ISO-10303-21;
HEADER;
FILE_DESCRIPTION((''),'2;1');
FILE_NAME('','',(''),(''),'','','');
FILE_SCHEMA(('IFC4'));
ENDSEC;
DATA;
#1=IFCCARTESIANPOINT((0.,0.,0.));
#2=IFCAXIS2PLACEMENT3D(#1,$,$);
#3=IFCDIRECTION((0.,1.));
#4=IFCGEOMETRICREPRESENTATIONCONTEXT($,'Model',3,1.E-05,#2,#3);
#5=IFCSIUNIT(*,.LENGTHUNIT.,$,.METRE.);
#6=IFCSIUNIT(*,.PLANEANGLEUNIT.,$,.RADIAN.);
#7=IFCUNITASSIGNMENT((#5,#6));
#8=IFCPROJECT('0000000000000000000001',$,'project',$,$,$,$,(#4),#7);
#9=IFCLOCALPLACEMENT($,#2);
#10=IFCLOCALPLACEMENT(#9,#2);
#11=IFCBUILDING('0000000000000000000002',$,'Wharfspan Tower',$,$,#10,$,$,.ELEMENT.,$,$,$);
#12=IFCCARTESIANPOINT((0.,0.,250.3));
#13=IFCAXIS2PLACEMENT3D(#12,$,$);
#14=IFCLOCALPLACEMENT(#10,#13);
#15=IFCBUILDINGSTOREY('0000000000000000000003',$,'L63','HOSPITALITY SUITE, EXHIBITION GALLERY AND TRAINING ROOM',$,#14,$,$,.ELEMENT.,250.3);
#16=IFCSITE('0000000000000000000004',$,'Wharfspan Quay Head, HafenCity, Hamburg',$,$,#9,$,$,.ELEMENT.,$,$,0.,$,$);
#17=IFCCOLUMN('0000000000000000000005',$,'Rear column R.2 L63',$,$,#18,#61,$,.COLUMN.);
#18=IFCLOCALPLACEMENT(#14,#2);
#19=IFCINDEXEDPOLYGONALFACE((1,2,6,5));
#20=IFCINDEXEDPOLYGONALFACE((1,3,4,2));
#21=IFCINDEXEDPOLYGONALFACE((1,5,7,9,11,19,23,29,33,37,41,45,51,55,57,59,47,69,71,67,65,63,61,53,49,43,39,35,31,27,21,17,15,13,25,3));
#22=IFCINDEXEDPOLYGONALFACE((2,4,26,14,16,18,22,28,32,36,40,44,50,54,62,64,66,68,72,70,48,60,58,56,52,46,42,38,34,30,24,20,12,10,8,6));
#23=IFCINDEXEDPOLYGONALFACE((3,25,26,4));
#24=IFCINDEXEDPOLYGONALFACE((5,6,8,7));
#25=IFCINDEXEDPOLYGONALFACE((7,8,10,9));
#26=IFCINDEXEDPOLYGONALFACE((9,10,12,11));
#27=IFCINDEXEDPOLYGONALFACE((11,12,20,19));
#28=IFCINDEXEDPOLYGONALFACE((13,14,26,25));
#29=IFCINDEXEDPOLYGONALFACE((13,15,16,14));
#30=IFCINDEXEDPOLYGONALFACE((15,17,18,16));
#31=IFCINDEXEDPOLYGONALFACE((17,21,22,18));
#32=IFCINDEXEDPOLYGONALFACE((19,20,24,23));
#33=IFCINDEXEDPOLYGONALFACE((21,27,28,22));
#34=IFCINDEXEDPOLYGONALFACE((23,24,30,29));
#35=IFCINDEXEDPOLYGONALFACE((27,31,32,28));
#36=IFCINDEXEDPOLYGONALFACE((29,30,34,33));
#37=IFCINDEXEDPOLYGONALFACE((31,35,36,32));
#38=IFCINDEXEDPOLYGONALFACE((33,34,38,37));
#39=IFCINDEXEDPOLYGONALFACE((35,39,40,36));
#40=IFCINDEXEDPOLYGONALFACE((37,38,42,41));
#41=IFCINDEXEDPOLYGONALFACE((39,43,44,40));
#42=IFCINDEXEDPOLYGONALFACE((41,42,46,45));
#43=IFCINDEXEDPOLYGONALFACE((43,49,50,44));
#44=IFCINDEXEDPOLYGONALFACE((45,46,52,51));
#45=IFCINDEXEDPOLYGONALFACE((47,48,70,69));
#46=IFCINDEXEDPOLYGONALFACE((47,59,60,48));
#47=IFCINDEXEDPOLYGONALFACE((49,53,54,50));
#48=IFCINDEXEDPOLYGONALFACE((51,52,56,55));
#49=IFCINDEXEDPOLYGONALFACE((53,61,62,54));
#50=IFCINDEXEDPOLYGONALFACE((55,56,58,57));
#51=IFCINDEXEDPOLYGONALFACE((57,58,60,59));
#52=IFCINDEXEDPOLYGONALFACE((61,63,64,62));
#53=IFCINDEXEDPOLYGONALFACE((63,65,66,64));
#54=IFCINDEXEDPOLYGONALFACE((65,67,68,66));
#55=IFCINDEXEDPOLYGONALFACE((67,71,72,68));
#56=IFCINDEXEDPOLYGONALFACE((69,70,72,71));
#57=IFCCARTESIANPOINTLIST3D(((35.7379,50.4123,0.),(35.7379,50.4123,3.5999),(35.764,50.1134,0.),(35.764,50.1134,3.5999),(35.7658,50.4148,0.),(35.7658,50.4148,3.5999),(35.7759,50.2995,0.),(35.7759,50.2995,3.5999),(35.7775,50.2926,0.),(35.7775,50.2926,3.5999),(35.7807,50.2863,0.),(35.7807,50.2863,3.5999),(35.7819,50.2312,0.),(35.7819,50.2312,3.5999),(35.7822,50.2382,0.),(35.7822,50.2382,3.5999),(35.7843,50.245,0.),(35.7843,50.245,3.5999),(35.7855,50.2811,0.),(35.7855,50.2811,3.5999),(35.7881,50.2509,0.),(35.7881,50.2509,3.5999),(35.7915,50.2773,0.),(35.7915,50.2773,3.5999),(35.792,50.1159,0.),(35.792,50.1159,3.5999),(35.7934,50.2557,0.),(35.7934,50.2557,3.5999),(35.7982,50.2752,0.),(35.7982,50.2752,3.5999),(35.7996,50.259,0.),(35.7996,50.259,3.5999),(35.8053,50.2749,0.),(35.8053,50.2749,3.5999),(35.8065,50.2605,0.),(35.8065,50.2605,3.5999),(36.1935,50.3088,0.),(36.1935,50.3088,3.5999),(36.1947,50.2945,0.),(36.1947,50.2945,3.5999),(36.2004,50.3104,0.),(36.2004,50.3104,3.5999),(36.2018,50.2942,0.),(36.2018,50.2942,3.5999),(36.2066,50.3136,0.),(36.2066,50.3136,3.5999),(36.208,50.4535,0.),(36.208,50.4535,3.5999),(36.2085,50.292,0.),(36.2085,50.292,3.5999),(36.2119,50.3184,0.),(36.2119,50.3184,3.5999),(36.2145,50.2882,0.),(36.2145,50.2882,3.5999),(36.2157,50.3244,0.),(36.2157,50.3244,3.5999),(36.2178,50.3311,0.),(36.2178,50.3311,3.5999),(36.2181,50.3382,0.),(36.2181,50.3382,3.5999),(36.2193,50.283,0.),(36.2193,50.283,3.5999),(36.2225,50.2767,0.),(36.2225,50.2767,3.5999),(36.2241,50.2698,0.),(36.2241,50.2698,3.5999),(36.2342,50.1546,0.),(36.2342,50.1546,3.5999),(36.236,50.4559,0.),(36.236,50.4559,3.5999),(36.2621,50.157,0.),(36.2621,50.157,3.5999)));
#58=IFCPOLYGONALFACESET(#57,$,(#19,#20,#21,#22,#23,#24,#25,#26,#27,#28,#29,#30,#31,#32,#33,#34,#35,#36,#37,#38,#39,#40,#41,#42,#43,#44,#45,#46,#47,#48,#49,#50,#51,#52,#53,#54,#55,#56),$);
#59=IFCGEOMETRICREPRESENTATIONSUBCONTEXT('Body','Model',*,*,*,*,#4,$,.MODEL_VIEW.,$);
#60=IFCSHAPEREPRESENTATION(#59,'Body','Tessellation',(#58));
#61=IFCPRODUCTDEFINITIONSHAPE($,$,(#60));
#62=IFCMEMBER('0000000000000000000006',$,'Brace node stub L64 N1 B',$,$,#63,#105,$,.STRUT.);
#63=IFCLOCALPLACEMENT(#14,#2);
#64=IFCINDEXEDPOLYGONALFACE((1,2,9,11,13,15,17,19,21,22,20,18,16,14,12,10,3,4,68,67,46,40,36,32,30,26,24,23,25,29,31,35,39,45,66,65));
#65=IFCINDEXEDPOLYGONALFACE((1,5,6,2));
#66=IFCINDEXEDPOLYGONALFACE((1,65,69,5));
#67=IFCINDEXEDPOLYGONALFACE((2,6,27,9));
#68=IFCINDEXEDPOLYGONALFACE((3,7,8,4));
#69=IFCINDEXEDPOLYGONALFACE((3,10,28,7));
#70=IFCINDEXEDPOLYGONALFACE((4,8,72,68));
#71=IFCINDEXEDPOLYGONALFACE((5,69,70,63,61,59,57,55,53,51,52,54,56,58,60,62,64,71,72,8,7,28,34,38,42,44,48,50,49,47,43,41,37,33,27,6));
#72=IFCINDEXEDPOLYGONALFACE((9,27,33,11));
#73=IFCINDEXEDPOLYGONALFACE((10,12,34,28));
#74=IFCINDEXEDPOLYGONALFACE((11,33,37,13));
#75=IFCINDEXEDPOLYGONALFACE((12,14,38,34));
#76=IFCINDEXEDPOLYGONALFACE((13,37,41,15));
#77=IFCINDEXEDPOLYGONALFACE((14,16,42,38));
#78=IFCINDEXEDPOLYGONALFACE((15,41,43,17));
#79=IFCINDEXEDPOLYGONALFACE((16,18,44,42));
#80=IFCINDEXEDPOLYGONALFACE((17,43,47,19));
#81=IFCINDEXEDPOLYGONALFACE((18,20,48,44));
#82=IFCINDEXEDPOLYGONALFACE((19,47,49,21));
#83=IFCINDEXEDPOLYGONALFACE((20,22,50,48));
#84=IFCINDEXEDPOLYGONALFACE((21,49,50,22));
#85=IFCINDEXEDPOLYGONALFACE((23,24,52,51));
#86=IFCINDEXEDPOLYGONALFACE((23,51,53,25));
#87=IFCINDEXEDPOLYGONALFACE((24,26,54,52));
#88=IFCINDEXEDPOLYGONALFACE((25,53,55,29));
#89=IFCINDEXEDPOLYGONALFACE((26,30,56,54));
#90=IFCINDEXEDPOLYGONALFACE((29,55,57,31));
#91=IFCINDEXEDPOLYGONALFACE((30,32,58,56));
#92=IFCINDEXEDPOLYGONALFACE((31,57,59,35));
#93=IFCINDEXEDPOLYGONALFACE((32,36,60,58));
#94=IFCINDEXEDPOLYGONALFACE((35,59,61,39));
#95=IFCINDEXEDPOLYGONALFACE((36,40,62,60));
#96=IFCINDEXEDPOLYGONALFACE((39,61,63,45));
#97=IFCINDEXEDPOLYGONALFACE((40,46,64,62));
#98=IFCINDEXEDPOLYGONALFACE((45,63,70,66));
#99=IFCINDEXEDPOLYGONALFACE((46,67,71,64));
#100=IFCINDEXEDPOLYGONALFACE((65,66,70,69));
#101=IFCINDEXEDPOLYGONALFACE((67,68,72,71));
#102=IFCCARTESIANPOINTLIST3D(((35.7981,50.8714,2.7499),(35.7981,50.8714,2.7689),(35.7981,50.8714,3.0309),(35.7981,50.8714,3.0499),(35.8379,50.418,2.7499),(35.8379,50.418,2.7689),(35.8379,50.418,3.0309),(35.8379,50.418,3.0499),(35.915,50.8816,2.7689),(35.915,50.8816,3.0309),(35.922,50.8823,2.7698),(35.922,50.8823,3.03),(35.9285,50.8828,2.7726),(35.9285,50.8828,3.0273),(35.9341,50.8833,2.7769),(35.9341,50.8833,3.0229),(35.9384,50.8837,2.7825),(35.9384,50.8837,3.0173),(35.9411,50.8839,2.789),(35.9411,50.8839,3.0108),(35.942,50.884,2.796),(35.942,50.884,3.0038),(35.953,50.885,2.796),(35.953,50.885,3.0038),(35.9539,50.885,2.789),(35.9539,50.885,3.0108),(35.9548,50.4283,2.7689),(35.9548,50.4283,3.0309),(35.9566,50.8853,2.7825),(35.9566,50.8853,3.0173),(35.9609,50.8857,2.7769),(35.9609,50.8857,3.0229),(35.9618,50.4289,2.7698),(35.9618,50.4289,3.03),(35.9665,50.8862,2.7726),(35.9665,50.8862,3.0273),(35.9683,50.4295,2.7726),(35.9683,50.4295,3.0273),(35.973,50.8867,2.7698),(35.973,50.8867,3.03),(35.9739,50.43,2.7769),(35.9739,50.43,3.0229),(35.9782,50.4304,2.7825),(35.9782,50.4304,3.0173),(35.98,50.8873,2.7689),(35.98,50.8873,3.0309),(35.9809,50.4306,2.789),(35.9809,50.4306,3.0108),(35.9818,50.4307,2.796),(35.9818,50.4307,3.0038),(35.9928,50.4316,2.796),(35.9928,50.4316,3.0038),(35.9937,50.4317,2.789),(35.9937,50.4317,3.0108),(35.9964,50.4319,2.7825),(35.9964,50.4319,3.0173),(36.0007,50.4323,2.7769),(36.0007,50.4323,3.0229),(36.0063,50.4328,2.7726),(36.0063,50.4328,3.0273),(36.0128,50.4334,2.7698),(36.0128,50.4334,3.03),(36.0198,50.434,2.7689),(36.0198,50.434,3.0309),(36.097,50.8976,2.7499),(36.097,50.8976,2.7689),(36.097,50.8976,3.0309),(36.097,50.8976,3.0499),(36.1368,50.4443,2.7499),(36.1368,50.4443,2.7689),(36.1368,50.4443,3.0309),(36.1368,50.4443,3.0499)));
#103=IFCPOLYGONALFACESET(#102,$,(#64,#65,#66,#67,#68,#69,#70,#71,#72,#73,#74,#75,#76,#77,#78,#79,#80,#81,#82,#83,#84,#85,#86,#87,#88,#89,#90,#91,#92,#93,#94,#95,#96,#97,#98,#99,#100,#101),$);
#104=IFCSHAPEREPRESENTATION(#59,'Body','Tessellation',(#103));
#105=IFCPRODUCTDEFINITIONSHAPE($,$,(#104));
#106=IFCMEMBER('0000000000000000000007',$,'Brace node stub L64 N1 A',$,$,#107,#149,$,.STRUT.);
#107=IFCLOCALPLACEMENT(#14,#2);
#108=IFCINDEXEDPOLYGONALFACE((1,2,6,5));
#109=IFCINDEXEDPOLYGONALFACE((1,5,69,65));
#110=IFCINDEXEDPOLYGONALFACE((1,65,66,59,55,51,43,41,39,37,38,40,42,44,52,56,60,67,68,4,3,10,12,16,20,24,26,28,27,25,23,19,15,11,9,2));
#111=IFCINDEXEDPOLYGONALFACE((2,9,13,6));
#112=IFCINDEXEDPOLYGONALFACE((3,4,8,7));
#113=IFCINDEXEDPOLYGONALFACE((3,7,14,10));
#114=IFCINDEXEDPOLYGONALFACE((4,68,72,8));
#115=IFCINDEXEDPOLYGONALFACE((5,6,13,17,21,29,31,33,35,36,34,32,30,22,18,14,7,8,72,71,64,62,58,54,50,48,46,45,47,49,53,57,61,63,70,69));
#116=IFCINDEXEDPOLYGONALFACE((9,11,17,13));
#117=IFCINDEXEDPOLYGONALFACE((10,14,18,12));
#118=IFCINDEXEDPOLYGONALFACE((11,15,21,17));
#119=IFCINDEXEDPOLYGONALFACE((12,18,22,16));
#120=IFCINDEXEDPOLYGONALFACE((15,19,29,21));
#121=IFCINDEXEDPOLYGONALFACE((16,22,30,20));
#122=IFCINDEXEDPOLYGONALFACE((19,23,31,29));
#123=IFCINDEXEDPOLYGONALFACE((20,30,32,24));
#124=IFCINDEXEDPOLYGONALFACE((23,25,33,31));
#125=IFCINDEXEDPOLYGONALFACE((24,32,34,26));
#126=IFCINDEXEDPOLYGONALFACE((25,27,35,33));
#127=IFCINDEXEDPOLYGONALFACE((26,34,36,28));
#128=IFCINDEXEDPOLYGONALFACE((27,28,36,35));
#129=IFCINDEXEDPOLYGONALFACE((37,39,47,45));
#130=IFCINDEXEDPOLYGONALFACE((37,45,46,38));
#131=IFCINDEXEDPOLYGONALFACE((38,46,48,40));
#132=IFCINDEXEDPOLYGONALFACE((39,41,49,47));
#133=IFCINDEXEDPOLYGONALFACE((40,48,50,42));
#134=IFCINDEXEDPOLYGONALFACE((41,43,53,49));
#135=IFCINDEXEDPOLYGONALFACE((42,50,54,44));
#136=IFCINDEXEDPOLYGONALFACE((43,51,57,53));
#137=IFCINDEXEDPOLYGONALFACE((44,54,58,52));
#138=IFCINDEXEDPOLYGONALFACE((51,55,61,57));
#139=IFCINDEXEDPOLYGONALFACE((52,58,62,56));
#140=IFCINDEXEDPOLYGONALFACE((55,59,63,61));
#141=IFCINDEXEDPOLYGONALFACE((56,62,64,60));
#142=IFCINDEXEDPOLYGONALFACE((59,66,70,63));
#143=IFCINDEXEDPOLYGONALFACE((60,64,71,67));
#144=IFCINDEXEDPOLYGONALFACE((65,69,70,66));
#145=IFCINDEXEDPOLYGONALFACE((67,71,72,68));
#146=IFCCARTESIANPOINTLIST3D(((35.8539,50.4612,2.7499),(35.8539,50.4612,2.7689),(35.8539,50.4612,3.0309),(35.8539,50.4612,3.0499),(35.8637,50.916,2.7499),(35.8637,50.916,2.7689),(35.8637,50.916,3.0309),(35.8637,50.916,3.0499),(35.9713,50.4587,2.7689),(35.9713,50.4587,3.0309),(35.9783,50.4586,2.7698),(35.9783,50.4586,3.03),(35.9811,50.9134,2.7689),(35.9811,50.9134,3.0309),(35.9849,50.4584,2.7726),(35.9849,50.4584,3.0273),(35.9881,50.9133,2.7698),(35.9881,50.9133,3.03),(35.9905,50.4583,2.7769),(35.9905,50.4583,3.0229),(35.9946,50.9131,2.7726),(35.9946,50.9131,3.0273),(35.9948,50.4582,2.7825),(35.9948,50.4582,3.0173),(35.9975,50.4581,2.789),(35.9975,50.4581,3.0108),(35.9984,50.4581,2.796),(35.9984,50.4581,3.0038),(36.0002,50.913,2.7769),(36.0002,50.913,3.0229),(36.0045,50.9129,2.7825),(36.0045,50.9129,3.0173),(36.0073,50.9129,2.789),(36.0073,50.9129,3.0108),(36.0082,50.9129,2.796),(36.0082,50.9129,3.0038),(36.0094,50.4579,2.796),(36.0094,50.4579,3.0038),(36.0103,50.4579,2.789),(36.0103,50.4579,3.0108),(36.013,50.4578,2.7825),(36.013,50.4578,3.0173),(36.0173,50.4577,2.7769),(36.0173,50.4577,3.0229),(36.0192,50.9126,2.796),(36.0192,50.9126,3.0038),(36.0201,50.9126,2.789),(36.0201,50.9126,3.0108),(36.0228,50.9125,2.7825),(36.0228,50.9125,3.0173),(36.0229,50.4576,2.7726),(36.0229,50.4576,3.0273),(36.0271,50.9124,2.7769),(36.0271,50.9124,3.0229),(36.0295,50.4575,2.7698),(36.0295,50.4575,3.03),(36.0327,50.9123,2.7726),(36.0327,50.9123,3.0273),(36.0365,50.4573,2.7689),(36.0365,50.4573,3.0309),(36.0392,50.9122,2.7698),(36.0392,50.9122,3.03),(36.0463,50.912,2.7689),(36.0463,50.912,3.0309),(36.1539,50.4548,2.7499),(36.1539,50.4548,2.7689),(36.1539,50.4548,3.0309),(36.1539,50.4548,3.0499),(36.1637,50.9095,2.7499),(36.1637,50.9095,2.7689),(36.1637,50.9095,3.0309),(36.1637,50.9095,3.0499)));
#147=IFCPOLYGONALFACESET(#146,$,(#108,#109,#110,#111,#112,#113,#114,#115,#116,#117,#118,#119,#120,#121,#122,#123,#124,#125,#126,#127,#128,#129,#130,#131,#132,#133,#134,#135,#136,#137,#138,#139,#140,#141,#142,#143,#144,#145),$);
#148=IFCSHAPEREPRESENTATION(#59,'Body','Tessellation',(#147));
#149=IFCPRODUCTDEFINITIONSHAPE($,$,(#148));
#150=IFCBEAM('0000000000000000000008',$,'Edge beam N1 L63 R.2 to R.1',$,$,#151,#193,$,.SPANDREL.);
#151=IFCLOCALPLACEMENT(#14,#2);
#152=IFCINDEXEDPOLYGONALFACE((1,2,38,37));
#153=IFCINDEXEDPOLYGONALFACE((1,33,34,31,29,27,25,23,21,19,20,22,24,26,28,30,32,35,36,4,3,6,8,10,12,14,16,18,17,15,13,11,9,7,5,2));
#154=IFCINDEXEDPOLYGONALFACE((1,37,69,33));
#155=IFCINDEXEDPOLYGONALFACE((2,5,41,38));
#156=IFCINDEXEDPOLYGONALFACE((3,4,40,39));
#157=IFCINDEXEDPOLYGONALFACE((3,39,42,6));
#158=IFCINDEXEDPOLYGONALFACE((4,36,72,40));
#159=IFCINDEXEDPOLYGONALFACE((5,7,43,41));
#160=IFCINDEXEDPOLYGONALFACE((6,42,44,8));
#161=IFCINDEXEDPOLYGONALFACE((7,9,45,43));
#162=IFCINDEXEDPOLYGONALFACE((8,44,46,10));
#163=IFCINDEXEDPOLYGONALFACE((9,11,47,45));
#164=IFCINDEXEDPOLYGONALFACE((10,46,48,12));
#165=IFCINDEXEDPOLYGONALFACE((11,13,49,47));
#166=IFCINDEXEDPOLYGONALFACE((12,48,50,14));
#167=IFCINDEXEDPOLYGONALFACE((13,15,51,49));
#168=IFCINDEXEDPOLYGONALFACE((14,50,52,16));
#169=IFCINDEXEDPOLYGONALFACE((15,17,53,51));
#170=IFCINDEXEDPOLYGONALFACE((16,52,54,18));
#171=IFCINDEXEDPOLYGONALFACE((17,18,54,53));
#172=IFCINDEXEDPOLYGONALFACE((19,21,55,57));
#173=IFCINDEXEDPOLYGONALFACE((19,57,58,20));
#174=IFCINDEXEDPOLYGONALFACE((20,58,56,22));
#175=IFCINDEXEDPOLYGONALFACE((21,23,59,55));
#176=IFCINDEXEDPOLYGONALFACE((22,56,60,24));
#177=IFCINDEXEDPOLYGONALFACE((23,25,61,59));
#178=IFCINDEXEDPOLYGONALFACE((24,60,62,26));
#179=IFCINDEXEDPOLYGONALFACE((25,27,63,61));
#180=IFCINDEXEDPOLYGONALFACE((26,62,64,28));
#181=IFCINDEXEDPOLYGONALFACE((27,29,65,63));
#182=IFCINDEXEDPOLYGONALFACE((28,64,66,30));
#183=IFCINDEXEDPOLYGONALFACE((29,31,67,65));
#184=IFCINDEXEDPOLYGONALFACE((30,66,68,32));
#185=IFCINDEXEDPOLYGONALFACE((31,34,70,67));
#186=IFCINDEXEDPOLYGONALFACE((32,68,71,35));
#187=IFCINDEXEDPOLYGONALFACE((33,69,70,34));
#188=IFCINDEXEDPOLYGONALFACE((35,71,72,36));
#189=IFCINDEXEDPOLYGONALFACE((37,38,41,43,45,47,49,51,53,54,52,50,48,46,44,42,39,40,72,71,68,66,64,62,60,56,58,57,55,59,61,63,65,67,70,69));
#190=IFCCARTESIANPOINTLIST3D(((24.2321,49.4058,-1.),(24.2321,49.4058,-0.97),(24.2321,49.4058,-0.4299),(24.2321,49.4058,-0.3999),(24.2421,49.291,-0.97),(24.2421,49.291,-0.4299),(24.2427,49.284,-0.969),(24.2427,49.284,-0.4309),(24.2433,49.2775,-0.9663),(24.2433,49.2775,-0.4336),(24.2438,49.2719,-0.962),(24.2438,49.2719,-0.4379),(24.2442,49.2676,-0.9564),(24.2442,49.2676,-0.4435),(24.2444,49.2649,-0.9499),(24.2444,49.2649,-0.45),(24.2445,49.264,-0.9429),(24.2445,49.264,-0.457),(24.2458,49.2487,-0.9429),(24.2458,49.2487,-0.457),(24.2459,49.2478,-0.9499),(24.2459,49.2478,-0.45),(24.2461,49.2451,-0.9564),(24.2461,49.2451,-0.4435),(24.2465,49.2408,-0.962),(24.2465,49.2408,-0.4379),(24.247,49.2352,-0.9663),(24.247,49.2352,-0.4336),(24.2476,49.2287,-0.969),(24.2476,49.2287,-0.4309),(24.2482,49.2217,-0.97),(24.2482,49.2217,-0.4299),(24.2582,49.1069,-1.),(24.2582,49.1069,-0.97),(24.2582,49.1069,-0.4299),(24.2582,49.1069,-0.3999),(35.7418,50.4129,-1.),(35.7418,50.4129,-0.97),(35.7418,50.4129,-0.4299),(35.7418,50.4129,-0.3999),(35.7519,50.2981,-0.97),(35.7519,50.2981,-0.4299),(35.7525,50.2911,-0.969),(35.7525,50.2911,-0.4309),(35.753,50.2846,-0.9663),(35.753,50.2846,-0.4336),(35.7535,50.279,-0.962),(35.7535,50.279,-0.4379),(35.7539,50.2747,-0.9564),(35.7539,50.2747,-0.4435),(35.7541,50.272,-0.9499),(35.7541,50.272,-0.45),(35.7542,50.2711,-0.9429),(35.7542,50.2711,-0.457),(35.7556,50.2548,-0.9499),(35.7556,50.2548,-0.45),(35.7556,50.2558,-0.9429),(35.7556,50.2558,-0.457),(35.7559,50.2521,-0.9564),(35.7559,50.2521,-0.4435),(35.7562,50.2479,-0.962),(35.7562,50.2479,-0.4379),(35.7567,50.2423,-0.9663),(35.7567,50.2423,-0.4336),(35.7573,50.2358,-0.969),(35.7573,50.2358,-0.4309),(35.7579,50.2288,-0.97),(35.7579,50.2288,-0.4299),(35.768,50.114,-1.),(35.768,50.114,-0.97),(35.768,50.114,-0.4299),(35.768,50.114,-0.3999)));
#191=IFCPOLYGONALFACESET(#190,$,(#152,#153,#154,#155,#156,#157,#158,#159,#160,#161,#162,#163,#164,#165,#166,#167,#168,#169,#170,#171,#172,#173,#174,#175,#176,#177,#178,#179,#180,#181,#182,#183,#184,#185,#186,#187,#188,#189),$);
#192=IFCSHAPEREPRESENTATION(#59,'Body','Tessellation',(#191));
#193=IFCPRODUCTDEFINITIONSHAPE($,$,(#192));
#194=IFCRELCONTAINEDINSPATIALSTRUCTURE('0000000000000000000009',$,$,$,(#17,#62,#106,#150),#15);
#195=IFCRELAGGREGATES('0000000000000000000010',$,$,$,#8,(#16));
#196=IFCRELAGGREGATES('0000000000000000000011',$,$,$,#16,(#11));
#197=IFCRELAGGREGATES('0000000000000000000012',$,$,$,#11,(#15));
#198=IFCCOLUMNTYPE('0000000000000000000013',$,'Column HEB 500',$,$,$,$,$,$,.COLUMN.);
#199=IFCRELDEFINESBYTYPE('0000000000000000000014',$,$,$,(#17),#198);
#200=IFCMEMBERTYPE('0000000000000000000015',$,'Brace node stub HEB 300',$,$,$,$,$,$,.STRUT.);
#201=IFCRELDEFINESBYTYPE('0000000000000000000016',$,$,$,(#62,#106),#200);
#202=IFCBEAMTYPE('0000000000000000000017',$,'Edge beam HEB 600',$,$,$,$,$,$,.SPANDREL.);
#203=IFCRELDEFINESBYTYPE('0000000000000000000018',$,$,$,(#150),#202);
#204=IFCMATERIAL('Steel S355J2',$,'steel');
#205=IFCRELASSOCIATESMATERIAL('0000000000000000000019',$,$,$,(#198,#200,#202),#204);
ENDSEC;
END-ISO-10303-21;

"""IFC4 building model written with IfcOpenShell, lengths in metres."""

from ifc_helpers import new_model, si_unit, direction, frame, origin, origin_2d, place, context, subcontext, project, spatial, i_section, extrude, material, material_profile, profile_set, type_object, element, save


model = new_model("IFC4")

# Units and contexts
model_context = context("Model", 3, precision=1e-05, world=origin(), true_north=direction((0.0, 1.0)))
body_context = subcontext(model_context, "Body", "Model", "MODEL_VIEW")
ifc_project = project(units=[si_unit("LENGTHUNIT", "METRE"), si_unit("PLANEANGLEUNIT", "RADIAN")], contexts=[model_context])

# Site, building, storey
site_placement = place(None, origin())
site = spatial("IfcSite", under=ifc_project, at=site_placement, Name="Wharfspan Quay Head, HafenCity, Hamburg", CompositionType="ELEMENT", RefElevation=0.0)
building_placement = place(site_placement, origin())
building = spatial("IfcBuilding", under=site, at=building_placement, Name="Wharfspan Tower", CompositionType="ELEMENT")
storey_placement = place(building_placement, frame((0.0, 0.0, 250.3)))
storey = spatial("IfcBuildingStorey", under=building, at=storey_placement, Name="L63", Description="HOSPITALITY SUITE, EXHIBITION GALLERY AND TRAINING ROOM", CompositionType="ELEMENT", Elevation=250.3)

# Column
ifc_material_1 = material(Name="Steel S355J2", Category="steel")
ifc_material_profile_1 = material_profile(ifc_material_1, i_section(OverallWidth=0.3, OverallDepth=0.5, WebThickness=0.0144, FlangeThickness=0.0281, FilletRadius=0.0271, at=origin_2d()))
ifc_profile_set_1 = profile_set([ifc_material_profile_1], Name="Steel S355J2")
column_type = type_object("IfcColumnType", Name="Column HEB 500", PredefinedType="COLUMN", material=ifc_profile_set_1)
column_placement = place(storey_placement, frame((36.0, 50.2847, 0.0), z_axis=(0.0, 0.0, 1.0), x_axis=(-0.087156, 0.996197, 0.0)))
element("IfcColumn", 1, at=column_placement, inside=storey, type_object=column_type, Name="Rear column R.2 L63", PredefinedType="COLUMN", context=body_context, shape_type="SweptSolid", body=[
    extrude(i_section(OverallWidth=0.3, OverallDepth=0.5, WebThickness=0.0144, FlangeThickness=0.0281, FilletRadius=0.0271, at=origin_2d()), origin(), (0.0, 0.0, 1.0), 3.5999),
])

# Members
ifc_material_profile_2 = material_profile(ifc_material_1, i_section(OverallWidth=0.3, OverallDepth=0.3, WebThickness=0.011, FlangeThickness=0.019, FilletRadius=0.0271, at=origin_2d()))
ifc_profile_set_2 = profile_set([ifc_material_profile_2], Name="Steel S355J2")
member_type_1 = type_object("IfcMemberType", Name="Brace node stub HEB 300", PredefinedType="STRUT", material=ifc_profile_set_2)
member_1_placement = place(storey_placement, frame((35.9873, 50.4312, 2.8999), z_axis=(-0.08744, 0.99617, 0.0), x_axis=(-0.99617, -0.08744, 0.0)))
element("IfcMember", 2, at=member_1_placement, inside=storey, type_object=member_type_1, Name="Brace node stub L64 N1 B", PredefinedType="STRUT", context=body_context, shape_type="SweptSolid", body=[
    extrude(i_section(OverallWidth=0.3, OverallDepth=0.3, WebThickness=0.011, FlangeThickness=0.019, FilletRadius=0.0271, at=origin_2d()), origin(), (0.0, 0.0, 1.0), 0.4551),
])
member_2_placement = place(storey_placement, frame((36.0039, 50.458, 2.8999), z_axis=(0.021466, 0.99977, 0.0), x_axis=(-0.99977, 0.021466, 0.0)))
element("IfcMember", 3, at=member_2_placement, inside=storey, type_object=member_type_1, Name="Brace node stub L64 N1 A", PredefinedType="STRUT", context=body_context, shape_type="SweptSolid", body=[
    extrude(i_section(OverallWidth=0.3, OverallDepth=0.3, WebThickness=0.011, FlangeThickness=0.019, FilletRadius=0.0271, at=origin_2d()), origin(), (0.0, 0.0, 1.0), 0.4548),
])

# Beam
ifc_material_profile_3 = material_profile(ifc_material_1, i_section(OverallWidth=0.3, OverallDepth=0.6001, WebThickness=0.0154, FlangeThickness=0.03, FilletRadius=0.0271, at=origin_2d()))
ifc_profile_set_3 = profile_set([ifc_material_profile_3], Name="Steel S355J2")
beam_type = type_object("IfcBeamType", Name="Edge beam HEB 600", PredefinedType="SPANDREL", material=ifc_profile_set_3)
beam_placement = place(storey_placement, frame((35.7549, 50.2634, -0.7), z_axis=(-0.996194, -0.087165, 0.0), x_axis=(0.087165, -0.996194, 0.0)))
element("IfcBeam", 4, at=beam_placement, inside=storey, type_object=beam_type, Name="Edge beam N1 L63 R.2 to R.1", PredefinedType="SPANDREL", context=body_context, shape_type="SweptSolid", body=[
    extrude(i_section(OverallWidth=0.3, OverallDepth=0.6001, WebThickness=0.0154, FlangeThickness=0.03, FilletRadius=0.0271, at=origin_2d()), origin(), (0.0, 0.0, 1.0), 11.5537),
])

save(model, "model.ifc")
